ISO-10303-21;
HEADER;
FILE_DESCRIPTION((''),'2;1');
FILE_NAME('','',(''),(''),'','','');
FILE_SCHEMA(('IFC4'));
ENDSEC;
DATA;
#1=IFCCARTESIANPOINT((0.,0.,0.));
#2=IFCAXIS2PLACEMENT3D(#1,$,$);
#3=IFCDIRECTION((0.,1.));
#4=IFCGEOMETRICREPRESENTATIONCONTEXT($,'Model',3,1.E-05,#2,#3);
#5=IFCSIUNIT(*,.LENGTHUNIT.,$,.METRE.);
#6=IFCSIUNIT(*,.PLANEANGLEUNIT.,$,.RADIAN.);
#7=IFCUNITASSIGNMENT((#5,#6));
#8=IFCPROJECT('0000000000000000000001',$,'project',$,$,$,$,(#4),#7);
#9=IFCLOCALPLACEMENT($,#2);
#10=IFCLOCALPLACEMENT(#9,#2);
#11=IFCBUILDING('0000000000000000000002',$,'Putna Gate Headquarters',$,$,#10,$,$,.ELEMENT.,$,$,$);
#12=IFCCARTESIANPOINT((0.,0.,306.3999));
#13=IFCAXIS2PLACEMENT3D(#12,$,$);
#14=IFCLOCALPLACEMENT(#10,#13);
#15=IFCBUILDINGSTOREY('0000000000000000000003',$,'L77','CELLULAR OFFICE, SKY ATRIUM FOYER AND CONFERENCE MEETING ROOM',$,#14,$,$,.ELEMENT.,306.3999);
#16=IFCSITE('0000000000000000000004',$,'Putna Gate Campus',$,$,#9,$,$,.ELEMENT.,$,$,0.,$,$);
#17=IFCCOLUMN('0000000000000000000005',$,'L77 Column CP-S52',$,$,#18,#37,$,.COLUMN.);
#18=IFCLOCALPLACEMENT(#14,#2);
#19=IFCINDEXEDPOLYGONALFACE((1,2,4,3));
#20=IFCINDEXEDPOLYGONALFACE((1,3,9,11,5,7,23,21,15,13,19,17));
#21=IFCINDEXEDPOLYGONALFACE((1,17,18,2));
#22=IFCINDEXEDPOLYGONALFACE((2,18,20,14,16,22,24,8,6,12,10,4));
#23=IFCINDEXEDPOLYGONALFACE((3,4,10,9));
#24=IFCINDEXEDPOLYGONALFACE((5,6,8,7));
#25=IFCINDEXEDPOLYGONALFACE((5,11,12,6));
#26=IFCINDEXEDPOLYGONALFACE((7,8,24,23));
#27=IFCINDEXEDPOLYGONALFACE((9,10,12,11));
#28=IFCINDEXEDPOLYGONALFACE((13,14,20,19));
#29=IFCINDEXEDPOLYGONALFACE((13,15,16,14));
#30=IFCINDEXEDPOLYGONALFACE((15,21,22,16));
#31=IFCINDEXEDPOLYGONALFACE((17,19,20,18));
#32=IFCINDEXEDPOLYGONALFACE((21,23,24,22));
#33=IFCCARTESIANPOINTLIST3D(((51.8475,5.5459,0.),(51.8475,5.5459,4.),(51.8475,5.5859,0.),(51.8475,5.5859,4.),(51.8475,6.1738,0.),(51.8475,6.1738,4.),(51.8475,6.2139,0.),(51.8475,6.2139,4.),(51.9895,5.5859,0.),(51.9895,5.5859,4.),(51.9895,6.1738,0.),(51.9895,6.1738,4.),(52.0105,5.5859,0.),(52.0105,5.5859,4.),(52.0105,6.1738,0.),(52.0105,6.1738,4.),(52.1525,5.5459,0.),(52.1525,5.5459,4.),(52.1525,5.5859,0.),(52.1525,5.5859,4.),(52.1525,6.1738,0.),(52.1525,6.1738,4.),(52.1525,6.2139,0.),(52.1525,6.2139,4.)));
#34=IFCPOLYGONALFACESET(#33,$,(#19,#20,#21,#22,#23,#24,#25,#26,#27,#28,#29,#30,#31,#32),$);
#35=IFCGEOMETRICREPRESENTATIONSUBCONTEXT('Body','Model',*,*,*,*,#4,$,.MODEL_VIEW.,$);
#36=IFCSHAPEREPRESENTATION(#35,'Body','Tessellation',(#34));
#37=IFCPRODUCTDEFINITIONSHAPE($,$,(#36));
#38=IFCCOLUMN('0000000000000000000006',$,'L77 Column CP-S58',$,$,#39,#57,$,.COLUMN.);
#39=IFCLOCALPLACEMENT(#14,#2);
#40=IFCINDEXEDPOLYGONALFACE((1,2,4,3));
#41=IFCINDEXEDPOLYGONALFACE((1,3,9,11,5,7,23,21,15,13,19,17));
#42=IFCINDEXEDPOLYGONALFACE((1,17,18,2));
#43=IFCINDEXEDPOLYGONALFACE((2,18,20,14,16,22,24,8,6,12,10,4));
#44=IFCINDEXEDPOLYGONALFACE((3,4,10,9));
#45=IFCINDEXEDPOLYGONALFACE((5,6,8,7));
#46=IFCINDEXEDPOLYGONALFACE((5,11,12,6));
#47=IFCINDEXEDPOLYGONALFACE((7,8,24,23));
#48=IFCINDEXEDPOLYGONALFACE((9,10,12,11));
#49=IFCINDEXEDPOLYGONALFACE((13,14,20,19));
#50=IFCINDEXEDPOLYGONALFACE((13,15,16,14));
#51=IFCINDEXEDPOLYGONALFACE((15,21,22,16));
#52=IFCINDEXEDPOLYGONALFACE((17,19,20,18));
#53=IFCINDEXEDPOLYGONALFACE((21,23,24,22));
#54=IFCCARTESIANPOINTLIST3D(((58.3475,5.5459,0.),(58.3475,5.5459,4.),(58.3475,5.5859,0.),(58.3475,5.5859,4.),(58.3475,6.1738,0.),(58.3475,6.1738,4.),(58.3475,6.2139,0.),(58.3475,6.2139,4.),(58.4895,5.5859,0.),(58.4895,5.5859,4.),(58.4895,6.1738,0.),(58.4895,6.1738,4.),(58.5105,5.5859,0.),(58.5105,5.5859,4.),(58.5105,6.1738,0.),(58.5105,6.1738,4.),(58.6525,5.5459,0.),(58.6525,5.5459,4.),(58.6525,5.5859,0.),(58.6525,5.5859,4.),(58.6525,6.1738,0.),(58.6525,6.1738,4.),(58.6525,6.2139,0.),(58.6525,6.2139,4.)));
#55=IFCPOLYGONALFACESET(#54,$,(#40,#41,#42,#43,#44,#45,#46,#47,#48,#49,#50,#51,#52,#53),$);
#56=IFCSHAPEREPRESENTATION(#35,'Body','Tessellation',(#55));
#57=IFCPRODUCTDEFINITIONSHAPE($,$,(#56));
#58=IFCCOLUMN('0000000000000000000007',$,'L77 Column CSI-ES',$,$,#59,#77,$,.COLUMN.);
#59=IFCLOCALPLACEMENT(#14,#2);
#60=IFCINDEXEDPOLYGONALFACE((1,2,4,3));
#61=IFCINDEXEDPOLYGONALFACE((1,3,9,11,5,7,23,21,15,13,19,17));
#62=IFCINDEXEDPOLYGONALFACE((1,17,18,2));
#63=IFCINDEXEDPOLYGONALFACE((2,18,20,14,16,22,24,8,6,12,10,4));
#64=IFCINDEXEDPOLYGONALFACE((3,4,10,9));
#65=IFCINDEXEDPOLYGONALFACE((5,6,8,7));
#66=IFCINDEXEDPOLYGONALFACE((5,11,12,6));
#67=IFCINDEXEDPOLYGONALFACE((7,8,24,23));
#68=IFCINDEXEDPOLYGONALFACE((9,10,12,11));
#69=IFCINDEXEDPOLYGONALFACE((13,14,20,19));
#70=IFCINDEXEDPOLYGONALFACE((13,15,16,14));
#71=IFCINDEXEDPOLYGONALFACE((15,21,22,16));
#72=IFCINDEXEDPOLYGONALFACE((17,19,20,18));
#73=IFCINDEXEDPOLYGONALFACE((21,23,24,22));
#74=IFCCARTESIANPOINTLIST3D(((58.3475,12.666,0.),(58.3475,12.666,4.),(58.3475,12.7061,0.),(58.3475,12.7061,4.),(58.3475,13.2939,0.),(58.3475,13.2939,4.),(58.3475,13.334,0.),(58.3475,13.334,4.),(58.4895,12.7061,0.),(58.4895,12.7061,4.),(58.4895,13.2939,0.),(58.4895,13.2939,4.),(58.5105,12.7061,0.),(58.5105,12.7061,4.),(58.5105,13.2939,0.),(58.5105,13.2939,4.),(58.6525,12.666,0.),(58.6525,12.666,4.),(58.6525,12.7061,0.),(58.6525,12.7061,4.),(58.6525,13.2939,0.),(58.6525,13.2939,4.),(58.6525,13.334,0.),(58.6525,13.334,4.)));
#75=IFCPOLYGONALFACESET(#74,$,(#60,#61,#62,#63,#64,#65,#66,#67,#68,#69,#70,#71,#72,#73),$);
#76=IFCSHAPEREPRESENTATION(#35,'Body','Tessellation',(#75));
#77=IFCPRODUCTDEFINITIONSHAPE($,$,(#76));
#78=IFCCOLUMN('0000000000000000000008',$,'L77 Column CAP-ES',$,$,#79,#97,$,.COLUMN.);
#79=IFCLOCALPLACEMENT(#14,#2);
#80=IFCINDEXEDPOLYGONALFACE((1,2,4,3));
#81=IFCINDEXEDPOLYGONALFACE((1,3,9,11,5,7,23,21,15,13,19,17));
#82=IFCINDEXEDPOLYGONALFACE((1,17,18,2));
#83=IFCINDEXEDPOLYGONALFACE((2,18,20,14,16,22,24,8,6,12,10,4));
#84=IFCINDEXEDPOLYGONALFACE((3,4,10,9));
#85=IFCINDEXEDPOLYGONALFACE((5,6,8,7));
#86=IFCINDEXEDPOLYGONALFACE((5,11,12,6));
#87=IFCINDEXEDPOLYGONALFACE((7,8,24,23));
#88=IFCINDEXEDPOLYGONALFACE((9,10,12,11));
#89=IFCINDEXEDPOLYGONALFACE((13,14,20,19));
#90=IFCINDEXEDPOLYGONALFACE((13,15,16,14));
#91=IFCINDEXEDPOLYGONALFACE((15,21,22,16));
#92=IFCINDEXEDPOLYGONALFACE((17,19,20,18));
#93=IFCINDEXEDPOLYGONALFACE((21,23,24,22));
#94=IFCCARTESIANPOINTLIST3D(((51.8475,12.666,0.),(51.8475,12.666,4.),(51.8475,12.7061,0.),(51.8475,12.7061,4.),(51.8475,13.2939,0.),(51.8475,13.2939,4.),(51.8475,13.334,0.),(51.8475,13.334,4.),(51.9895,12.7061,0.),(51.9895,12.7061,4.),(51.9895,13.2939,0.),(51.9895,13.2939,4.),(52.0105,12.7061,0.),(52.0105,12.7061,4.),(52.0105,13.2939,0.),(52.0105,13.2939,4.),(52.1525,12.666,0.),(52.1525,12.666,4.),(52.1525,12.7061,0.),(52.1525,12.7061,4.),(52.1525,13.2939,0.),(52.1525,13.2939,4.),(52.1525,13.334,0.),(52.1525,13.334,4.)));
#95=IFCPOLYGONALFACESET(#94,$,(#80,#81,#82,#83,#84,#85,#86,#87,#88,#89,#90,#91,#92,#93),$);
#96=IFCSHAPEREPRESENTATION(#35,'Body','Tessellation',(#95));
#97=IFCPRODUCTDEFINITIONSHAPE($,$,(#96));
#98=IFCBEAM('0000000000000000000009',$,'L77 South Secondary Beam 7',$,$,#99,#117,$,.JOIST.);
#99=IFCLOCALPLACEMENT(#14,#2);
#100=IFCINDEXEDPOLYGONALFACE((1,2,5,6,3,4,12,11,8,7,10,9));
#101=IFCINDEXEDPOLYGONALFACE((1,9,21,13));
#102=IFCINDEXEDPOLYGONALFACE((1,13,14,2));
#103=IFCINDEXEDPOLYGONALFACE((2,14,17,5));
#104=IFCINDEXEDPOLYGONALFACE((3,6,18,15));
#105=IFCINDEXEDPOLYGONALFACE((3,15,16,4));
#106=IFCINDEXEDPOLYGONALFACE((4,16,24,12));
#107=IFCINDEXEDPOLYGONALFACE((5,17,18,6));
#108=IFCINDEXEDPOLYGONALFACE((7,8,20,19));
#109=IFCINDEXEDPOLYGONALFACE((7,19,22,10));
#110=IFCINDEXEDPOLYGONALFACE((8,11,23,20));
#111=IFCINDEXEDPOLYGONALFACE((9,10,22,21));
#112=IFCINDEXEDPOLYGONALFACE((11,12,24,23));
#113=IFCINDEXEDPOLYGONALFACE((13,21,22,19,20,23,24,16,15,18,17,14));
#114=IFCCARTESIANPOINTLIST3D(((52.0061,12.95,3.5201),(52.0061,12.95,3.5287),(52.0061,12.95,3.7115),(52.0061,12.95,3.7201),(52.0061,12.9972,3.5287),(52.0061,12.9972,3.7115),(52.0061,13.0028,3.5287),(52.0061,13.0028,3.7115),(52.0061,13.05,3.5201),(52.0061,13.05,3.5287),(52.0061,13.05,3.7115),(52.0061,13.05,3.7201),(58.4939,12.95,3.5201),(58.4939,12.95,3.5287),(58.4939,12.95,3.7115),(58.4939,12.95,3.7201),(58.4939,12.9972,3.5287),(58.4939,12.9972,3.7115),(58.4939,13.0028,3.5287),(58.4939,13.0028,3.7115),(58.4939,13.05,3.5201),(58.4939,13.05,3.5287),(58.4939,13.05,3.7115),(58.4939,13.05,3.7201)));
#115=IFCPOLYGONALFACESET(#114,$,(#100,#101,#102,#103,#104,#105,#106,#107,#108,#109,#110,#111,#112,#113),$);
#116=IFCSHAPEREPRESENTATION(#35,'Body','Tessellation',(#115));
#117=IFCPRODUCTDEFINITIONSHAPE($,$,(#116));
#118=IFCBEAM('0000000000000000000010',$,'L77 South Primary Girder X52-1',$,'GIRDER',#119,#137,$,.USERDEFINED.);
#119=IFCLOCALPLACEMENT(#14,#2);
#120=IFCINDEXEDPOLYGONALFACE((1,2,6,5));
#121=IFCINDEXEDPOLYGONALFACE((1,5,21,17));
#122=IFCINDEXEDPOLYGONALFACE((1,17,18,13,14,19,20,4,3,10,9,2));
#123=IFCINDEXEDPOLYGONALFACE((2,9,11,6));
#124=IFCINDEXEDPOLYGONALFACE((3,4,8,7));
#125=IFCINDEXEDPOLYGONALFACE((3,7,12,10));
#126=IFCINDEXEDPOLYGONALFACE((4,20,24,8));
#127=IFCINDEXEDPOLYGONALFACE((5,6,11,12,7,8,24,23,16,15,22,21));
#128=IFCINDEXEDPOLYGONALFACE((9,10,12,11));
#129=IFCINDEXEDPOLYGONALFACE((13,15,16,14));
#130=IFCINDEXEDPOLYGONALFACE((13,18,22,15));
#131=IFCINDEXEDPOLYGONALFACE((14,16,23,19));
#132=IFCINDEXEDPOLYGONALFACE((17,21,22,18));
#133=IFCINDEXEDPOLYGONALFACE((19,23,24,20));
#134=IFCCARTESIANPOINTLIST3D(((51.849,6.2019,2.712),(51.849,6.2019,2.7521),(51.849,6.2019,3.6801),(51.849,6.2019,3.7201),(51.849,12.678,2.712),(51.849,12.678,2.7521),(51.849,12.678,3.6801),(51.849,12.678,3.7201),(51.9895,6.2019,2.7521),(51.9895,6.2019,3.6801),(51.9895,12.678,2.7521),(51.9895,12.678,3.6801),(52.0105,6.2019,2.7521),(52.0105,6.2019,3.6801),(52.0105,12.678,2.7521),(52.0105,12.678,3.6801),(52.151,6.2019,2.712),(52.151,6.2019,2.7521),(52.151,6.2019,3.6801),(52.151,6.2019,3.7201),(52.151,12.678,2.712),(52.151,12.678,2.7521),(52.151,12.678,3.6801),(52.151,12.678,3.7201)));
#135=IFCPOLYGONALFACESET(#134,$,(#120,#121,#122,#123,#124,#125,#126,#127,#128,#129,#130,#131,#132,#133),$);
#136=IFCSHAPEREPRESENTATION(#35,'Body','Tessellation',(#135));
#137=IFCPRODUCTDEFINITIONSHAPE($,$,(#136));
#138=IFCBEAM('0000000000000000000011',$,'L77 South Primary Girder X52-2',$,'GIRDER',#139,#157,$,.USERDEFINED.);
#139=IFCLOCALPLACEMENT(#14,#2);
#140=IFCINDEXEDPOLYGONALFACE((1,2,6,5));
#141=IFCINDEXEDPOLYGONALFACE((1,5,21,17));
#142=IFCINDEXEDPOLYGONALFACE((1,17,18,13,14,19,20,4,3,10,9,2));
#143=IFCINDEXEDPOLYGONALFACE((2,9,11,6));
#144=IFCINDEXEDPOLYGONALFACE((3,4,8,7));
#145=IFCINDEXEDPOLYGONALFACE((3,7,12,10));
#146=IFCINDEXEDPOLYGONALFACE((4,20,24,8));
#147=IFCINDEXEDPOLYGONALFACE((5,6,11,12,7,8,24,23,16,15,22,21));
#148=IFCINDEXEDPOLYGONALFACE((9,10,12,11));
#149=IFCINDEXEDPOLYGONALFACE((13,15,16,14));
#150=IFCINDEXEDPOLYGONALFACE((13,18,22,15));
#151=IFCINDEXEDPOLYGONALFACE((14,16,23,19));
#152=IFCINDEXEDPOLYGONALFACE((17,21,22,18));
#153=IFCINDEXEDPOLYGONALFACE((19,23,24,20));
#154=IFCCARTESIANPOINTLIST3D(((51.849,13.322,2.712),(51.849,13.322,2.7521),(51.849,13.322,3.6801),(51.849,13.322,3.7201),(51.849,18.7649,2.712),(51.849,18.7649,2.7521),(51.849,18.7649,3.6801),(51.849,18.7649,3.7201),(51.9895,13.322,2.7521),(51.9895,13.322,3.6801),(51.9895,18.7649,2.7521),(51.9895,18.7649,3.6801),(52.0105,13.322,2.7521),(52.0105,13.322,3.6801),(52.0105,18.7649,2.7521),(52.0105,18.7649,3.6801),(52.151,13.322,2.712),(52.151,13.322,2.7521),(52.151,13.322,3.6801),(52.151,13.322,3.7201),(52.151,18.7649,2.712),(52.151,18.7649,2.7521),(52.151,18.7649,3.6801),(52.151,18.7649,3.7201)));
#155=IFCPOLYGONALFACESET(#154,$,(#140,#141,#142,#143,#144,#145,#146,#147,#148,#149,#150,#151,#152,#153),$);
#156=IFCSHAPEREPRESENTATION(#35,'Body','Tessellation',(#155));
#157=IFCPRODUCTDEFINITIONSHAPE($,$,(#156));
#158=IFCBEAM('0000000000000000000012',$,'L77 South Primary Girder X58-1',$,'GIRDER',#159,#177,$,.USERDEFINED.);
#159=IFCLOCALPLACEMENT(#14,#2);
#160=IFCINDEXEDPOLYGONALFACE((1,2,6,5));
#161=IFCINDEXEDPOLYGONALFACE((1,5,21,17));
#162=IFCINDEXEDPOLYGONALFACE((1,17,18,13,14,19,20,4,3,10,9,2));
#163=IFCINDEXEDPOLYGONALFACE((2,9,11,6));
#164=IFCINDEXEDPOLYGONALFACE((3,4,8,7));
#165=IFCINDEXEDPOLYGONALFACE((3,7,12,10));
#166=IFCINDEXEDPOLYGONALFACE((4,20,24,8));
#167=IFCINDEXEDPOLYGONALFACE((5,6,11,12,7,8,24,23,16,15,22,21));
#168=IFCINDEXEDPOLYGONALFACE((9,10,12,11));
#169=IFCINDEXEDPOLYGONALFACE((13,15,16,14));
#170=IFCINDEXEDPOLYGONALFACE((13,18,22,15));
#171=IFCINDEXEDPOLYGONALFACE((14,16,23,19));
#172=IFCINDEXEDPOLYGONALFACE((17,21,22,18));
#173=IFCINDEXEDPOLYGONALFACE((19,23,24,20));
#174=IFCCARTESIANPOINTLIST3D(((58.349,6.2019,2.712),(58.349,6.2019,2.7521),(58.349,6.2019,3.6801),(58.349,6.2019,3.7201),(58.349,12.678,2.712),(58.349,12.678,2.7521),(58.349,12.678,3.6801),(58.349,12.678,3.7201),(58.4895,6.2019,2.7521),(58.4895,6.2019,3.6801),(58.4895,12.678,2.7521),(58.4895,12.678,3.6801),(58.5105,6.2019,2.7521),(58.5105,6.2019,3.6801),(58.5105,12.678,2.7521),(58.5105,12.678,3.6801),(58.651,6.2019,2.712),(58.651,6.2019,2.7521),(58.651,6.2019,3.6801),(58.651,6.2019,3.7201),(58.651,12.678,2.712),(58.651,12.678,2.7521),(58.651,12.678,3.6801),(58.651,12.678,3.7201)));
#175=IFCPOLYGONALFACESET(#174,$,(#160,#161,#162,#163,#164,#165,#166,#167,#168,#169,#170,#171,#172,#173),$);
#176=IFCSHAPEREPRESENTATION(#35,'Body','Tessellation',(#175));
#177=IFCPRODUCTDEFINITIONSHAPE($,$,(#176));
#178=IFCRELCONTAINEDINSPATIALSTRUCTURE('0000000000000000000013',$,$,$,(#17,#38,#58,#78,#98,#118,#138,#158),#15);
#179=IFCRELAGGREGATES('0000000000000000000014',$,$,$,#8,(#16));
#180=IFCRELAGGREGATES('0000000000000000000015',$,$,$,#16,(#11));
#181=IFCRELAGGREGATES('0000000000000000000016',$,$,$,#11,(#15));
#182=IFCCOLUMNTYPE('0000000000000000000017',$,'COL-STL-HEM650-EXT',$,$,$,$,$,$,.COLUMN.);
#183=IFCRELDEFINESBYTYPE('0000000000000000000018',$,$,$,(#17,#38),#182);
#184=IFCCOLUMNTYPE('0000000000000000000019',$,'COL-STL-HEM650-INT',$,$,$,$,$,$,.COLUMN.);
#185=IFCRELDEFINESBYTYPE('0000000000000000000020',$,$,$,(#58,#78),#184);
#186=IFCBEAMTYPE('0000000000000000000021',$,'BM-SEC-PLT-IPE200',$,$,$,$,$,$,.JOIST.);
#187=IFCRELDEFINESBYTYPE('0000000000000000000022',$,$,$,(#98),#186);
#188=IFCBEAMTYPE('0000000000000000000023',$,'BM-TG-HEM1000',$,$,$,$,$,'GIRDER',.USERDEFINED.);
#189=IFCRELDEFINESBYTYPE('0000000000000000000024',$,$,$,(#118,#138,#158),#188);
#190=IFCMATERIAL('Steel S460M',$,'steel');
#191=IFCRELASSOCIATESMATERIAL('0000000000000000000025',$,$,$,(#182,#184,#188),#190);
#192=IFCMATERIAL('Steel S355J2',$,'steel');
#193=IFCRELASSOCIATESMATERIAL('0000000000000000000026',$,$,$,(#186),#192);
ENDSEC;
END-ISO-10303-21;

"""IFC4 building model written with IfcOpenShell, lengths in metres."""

from ifc_helpers import new_model, si_unit, direction, frame, origin, origin_2d, place, context, subcontext, project, spatial, i_section, extrude, material, material_profile, profile_set, type_object, element, save


model = new_model("IFC4")

# Units and contexts
model_context = context("Model", 3, precision=1e-05, world=origin(), true_north=direction((0.0, 1.0)))
body_context = subcontext(model_context, "Body", "Model", "MODEL_VIEW")
ifc_project = project(units=[si_unit("LENGTHUNIT", "METRE"), si_unit("PLANEANGLEUNIT", "RADIAN")], contexts=[model_context])

# Site, building, storey
site_placement = place(None, origin())
site = spatial("IfcSite", under=ifc_project, at=site_placement, Name="Putna Gate Campus", CompositionType="ELEMENT", RefElevation=0.0)
building_placement = place(site_placement, origin())
building = spatial("IfcBuilding", under=site, at=building_placement, Name="Putna Gate Headquarters", CompositionType="ELEMENT")
storey_placement = place(building_placement, frame((0.0, 0.0, 306.3999)))
storey = spatial("IfcBuildingStorey", under=building, at=storey_placement, Name="L77", Description="CELLULAR OFFICE, SKY ATRIUM FOYER AND CONFERENCE MEETING ROOM", CompositionType="ELEMENT", Elevation=306.3999)

# Columns
ifc_material_1 = material(Name="Steel S460M", Category="steel")
ifc_material_profile_1 = material_profile(ifc_material_1, i_section(OverallWidth=0.3049, OverallDepth=0.668, WebThickness=0.021, FlangeThickness=0.04, at=origin_2d()), Name="Steel S460M")
ifc_profile_set_1 = profile_set([ifc_material_profile_1], Name="Steel S460M")
column_type_1 = type_object("IfcColumnType", Name="COL-STL-HEM650-EXT", PredefinedType="COLUMN", material=ifc_profile_set_1)
for number, where, z_axis, x_axis, name in (
    (1, (52.0, 5.8799, 0.0), (0.0, 0.0, 1.0), (1.0, 0.0, 0.0), "L77 Column CP-S52"),
    (2, (58.5, 5.8799, 0.0), (0.0, 0.0, 1.0), (1.0, 0.0, 0.0), "L77 Column CP-S58"),
):
    element("IfcColumn", number, at=place(storey_placement, frame(where, z_axis=z_axis, x_axis=x_axis)), inside=storey, type_object=column_type_1, Name=name, PredefinedType="COLUMN", context=body_context, shape_type="SweptSolid", body=[
        extrude(i_section(OverallWidth=0.3049, OverallDepth=0.668, WebThickness=0.021, FlangeThickness=0.04, at=origin_2d()), origin(), (0.0, 0.0, 1.0), 4.0),
    ])
ifc_material_profile_2 = material_profile(ifc_material_1, i_section(OverallWidth=0.3049, OverallDepth=0.668, WebThickness=0.021, FlangeThickness=0.04, at=origin_2d()), Name="Steel S460M")
ifc_profile_set_2 = profile_set([ifc_material_profile_2], Name="Steel S460M")
column_type_2 = type_object("IfcColumnType", Name="COL-STL-HEM650-INT", PredefinedType="COLUMN", material=ifc_profile_set_2)
for number, where, z_axis, x_axis, name in (
    (3, (58.5, 13.0, 0.0), (0.0, 0.0, 1.0), (1.0, 0.0, 0.0), "L77 Column CSI-ES"),
    (4, (52.0, 13.0, 0.0), (0.0, 0.0, 1.0), (1.0, 0.0, 0.0), "L77 Column CAP-ES"),
):
    element("IfcColumn", number, at=place(storey_placement, frame(where, z_axis=z_axis, x_axis=x_axis)), inside=storey, type_object=column_type_2, Name=name, PredefinedType="COLUMN", context=body_context, shape_type="SweptSolid", body=[
        extrude(i_section(OverallWidth=0.3049, OverallDepth=0.668, WebThickness=0.021, FlangeThickness=0.04, at=origin_2d()), origin(), (0.0, 0.0, 1.0), 4.0),
    ])

# Beams
ifc_material_2 = material(Name="Steel S355J2", Category="steel")
ifc_material_profile_3 = material_profile(ifc_material_2, i_section(OverallWidth=0.1001, OverallDepth=0.2, WebThickness=0.0056, FlangeThickness=0.0085, at=origin_2d()), Name="Steel S355J2")
ifc_profile_set_3 = profile_set([ifc_material_profile_3], Name="Steel S355J2")
beam_type_1 = type_object("IfcBeamType", Name="BM-SEC-PLT-IPE200", PredefinedType="JOIST", material=ifc_profile_set_3)
beam_1_placement = place(storey_placement, frame((52.0061, 13.0, 3.6201), z_axis=(1.0, 0.0, 0.0), x_axis=(0.0, 1.0, 0.0)))
element("IfcBeam", 5, at=beam_1_placement, inside=storey, type_object=beam_type_1, Name="L77 South Secondary Beam 7", PredefinedType="JOIST", context=body_context, shape_type="SweptSolid", body=[
    extrude(i_section(OverallWidth=0.1001, OverallDepth=0.2, WebThickness=0.0056, FlangeThickness=0.0085, at=origin_2d()), origin(), (0.0, 0.0, 1.0), 6.4878),
])
ifc_material_profile_4 = material_profile(ifc_material_1, i_section(OverallWidth=0.302, OverallDepth=1.0081, WebThickness=0.021, FlangeThickness=0.04, at=origin_2d()), Name="Steel S460M")
ifc_profile_set_4 = profile_set([ifc_material_profile_4], Name="Steel S460M")
beam_type_2 = type_object("IfcBeamType", Name="BM-TG-HEM1000", ElementType="GIRDER", PredefinedType="USERDEFINED", material=ifc_profile_set_4)
beam_2_placement = place(storey_placement, frame((52.0, 6.2019, 3.2161), z_axis=(0.0, 1.0, 0.0), x_axis=(-1.0, 0.0, 0.0)))
element("IfcBeam", 6, at=beam_2_placement, inside=storey, type_object=beam_type_2, Name="L77 South Primary Girder X52-1", ObjectType="GIRDER", PredefinedType="USERDEFINED", context=body_context, shape_type="SweptSolid", body=[
    extrude(i_section(OverallWidth=0.302, OverallDepth=1.0081, WebThickness=0.021, FlangeThickness=0.04, at=origin_2d()), origin(), (0.0, 0.0, 1.0), 6.4761),
])
beam_3_placement = place(storey_placement, frame((52.0, 13.322, 3.2161), z_axis=(0.0, 1.0, 0.0), x_axis=(-1.0, 0.0, 0.0)))
element("IfcBeam", 7, at=beam_3_placement, inside=storey, type_object=beam_type_2, Name="L77 South Primary Girder X52-2", ObjectType="GIRDER", PredefinedType="USERDEFINED", context=body_context, shape_type="SweptSolid", body=[
    extrude(i_section(OverallWidth=0.302, OverallDepth=1.0081, WebThickness=0.021, FlangeThickness=0.04, at=origin_2d()), origin(), (0.0, 0.0, 1.0), 5.4429),
])
beam_4_placement = place(storey_placement, frame((58.5, 6.2019, 3.2161), z_axis=(0.0, 1.0, 0.0), x_axis=(-1.0, 0.0, 0.0)))
element("IfcBeam", 8, at=beam_4_placement, inside=storey, type_object=beam_type_2, Name="L77 South Primary Girder X58-1", ObjectType="GIRDER", PredefinedType="USERDEFINED", context=body_context, shape_type="SweptSolid", body=[
    extrude(i_section(OverallWidth=0.302, OverallDepth=1.0081, WebThickness=0.021, FlangeThickness=0.04, at=origin_2d()), origin(), (0.0, 0.0, 1.0), 6.4761),
])

save(model, "model.ifc")
